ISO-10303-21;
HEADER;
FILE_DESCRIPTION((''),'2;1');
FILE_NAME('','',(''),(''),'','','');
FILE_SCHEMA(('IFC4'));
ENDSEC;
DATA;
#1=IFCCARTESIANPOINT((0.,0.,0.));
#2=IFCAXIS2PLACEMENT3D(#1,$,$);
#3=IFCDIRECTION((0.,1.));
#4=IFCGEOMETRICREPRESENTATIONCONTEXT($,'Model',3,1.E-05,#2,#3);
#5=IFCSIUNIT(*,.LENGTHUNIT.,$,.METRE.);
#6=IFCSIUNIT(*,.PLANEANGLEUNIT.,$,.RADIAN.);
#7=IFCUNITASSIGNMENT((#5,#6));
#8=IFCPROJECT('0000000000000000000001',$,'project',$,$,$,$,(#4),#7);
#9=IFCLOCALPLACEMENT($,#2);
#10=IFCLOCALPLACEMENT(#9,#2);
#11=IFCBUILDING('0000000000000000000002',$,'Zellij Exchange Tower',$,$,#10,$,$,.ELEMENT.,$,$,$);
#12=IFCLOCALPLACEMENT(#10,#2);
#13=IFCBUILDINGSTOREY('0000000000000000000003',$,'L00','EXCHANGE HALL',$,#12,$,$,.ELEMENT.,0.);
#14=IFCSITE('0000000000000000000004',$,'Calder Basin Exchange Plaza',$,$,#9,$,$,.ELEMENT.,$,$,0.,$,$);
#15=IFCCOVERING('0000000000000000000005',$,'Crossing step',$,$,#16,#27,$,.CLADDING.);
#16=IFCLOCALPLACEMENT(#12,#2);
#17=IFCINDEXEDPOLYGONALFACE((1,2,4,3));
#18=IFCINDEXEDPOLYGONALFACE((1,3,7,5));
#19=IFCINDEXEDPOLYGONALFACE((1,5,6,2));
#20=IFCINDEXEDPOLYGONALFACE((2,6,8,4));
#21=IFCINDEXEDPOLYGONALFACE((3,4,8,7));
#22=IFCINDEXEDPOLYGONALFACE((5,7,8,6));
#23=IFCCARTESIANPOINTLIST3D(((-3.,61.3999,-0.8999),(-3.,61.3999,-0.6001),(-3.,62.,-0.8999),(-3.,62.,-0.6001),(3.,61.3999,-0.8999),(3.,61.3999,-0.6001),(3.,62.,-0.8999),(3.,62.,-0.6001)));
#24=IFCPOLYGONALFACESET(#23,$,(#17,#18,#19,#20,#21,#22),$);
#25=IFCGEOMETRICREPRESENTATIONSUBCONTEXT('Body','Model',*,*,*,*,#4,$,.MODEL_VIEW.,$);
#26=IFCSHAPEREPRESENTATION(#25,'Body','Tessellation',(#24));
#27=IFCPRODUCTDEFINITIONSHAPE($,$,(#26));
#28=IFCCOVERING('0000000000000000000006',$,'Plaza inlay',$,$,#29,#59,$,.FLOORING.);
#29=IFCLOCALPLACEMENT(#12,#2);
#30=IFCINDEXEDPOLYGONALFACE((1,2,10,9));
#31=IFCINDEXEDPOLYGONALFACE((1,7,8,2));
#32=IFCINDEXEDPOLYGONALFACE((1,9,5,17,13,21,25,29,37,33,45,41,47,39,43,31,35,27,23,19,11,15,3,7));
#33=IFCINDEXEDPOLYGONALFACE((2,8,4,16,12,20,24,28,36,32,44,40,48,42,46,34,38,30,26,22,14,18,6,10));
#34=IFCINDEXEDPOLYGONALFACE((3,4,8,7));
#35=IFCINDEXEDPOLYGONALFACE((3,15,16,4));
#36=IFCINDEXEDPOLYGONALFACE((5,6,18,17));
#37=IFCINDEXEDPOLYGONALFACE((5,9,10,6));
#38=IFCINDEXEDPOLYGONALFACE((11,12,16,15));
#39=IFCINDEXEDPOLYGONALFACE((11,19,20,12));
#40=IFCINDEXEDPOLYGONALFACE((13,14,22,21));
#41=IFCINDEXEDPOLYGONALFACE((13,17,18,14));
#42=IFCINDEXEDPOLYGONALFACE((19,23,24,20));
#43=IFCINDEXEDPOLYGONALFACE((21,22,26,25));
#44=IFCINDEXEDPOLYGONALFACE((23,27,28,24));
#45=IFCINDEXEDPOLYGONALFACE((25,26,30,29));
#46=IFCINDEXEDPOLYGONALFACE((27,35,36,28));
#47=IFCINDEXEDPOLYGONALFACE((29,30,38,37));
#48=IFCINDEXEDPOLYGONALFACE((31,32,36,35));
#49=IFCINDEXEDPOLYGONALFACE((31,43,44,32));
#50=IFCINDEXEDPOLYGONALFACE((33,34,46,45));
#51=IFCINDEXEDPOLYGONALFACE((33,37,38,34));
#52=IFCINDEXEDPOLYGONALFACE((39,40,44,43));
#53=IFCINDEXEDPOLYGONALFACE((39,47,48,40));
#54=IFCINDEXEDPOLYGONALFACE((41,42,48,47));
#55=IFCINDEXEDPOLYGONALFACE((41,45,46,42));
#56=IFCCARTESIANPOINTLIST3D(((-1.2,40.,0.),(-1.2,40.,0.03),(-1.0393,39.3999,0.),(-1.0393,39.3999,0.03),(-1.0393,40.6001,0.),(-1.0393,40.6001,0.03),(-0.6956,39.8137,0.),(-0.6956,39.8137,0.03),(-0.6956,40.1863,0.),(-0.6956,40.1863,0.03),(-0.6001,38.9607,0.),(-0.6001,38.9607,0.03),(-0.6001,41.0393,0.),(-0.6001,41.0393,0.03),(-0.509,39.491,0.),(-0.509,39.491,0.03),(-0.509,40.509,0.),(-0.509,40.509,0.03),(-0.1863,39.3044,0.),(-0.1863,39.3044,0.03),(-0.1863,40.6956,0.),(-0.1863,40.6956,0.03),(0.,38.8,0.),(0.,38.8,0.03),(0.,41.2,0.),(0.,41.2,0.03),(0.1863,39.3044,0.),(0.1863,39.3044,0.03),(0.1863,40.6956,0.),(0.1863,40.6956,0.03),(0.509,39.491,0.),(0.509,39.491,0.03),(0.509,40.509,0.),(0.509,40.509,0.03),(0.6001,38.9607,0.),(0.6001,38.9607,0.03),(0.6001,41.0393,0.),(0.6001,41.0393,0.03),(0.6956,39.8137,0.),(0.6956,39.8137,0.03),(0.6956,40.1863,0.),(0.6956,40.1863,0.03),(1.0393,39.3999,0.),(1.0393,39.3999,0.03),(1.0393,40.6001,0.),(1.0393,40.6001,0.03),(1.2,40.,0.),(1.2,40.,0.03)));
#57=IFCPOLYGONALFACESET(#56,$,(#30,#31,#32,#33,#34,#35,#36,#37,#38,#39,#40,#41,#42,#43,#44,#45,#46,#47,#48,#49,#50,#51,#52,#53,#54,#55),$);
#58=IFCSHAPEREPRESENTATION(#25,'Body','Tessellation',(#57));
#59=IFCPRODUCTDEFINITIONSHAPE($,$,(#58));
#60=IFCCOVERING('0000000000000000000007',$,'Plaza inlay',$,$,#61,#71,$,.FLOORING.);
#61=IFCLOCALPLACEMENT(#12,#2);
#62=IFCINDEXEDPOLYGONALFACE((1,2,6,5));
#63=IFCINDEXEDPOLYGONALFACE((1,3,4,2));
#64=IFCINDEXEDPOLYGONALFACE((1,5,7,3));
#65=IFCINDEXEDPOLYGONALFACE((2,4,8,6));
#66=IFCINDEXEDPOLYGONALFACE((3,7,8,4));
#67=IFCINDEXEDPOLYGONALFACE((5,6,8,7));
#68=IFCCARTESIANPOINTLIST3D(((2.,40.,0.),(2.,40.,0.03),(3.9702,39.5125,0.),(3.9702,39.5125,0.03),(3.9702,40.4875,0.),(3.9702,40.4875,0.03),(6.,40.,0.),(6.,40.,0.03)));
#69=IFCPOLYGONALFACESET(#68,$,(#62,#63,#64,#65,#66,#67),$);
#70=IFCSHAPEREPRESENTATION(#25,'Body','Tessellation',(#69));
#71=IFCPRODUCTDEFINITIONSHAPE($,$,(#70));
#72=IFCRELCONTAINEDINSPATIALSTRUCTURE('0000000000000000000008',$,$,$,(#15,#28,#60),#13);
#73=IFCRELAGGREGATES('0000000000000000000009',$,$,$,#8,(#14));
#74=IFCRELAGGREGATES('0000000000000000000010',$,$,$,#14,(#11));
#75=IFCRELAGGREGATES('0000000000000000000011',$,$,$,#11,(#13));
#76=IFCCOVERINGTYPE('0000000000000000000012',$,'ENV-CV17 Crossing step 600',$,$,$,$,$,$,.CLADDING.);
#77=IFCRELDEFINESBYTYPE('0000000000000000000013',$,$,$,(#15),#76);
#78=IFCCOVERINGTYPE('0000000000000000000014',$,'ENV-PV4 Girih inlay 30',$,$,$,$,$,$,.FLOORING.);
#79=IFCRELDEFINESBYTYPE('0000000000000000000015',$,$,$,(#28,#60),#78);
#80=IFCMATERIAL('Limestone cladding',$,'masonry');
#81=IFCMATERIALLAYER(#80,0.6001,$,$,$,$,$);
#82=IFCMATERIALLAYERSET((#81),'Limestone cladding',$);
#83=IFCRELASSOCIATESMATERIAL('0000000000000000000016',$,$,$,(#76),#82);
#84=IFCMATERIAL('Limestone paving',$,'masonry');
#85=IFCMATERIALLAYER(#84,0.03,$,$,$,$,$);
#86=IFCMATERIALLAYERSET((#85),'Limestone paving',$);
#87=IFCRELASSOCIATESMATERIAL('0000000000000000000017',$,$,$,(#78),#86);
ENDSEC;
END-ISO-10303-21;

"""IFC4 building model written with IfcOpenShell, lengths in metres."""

from ifc_helpers import new_model, si_unit, direction, frame, origin, place, context, subcontext, project, spatial, polyline, outline, extrude, material, layer, layer_set, type_object, element, save


model = new_model("IFC4")

# Units and contexts
model_context = context("Model", 3, precision=1e-05, world=origin(), true_north=direction((0.0, 1.0)))
body_context = subcontext(model_context, "Body", "Model", "MODEL_VIEW")
ifc_project = project(units=[si_unit("LENGTHUNIT", "METRE"), si_unit("PLANEANGLEUNIT", "RADIAN")], contexts=[model_context])

# Site, building, storey
site_placement = place(None, origin())
site = spatial("IfcSite", under=ifc_project, at=site_placement, Name="Calder Basin Exchange Plaza", CompositionType="ELEMENT", RefElevation=0.0)
building_placement = place(site_placement, origin())
building = spatial("IfcBuilding", under=site, at=building_placement, Name="Zellij Exchange Tower", CompositionType="ELEMENT")
storey_placement = place(building_placement, origin())
storey = spatial("IfcBuildingStorey", under=building, at=storey_placement, Name="L00", Description="EXCHANGE HALL", CompositionType="ELEMENT", Elevation=0.0)

# Shared definitions
ifc_material_1 = material(Name="Limestone paving", Category="masonry")

# Coverings
ifc_material_2 = material(Name="Limestone cladding", Category="masonry")
ifc_layer_1 = layer(ifc_material_2, 0.6001)
ifc_layer_set_1 = layer_set([ifc_layer_1], Name="Limestone cladding")
covering_type_1 = type_object("IfcCoveringType", Name="ENV-CV17 Crossing step 600", PredefinedType="CLADDING", material=ifc_layer_set_1)
covering_1_placement = place(storey_placement, frame((0.0, 0.0, -0.8999)))
element("IfcCovering", 1, at=covering_1_placement, inside=storey, type_object=covering_type_1, Name="Crossing step", PredefinedType="CLADDING", context=body_context, shape_type="SweptSolid", body=[
    extrude(outline(polyline([(-3.0, 61.3999), (3.0, 61.3999), (3.0, 62.0), (-3.0, 62.0), (-3.0, 61.3999)])), origin(), (0.0, 0.0, 1.0), 0.2998),
])
ifc_layer_2 = layer(ifc_material_1, 0.03)
ifc_layer_set_2 = layer_set([ifc_layer_2], Name="Limestone paving")
covering_type_2 = type_object("IfcCoveringType", Name="ENV-PV4 Girih inlay 30", PredefinedType="FLOORING", material=ifc_layer_set_2)
covering_2_placement = place(storey_placement, origin())
element("IfcCovering", 2, at=covering_2_placement, inside=storey, type_object=covering_type_2, Name="Plaza inlay", PredefinedType="FLOORING", context=body_context, shape_type="SweptSolid", body=[
    extrude(outline(polyline([(1.2, 40.0), (0.6956, 40.1863), (1.0393, 40.6001), (0.509, 40.509), (0.6001, 41.0393), (0.1863, 40.6956), (0.0, 41.2), (-0.1863, 40.6956), (-0.6001, 41.0393), (-0.509, 40.509), (-1.0393, 40.6001), (-0.6956, 40.1863), (-1.2, 40.0), (-0.6956, 39.8137), (-1.0393, 39.3999), (-0.509, 39.491), (-0.6001, 38.9607), (-0.1863, 39.3044), (0.0, 38.8), (0.1863, 39.3044), (0.6001, 38.9607), (0.509, 39.491), (1.0393, 39.3999), (0.6956, 39.8137), (1.2, 40.0)])), origin(), (0.0, 0.0, 1.0), 0.03),
])
covering_3_placement = place(storey_placement, origin())
element("IfcCovering", 3, at=covering_3_placement, inside=storey, type_object=covering_type_2, Name="Plaza inlay", PredefinedType="FLOORING", context=body_context, shape_type="SweptSolid", body=[
    extrude(outline(polyline([(2.0, 40.0), (3.9702, 40.4875), (6.0, 40.0), (3.9702, 39.5125), (2.0, 40.0)])), origin(), (0.0, 0.0, 1.0), 0.03),
])

save(model, "model.ifc")
